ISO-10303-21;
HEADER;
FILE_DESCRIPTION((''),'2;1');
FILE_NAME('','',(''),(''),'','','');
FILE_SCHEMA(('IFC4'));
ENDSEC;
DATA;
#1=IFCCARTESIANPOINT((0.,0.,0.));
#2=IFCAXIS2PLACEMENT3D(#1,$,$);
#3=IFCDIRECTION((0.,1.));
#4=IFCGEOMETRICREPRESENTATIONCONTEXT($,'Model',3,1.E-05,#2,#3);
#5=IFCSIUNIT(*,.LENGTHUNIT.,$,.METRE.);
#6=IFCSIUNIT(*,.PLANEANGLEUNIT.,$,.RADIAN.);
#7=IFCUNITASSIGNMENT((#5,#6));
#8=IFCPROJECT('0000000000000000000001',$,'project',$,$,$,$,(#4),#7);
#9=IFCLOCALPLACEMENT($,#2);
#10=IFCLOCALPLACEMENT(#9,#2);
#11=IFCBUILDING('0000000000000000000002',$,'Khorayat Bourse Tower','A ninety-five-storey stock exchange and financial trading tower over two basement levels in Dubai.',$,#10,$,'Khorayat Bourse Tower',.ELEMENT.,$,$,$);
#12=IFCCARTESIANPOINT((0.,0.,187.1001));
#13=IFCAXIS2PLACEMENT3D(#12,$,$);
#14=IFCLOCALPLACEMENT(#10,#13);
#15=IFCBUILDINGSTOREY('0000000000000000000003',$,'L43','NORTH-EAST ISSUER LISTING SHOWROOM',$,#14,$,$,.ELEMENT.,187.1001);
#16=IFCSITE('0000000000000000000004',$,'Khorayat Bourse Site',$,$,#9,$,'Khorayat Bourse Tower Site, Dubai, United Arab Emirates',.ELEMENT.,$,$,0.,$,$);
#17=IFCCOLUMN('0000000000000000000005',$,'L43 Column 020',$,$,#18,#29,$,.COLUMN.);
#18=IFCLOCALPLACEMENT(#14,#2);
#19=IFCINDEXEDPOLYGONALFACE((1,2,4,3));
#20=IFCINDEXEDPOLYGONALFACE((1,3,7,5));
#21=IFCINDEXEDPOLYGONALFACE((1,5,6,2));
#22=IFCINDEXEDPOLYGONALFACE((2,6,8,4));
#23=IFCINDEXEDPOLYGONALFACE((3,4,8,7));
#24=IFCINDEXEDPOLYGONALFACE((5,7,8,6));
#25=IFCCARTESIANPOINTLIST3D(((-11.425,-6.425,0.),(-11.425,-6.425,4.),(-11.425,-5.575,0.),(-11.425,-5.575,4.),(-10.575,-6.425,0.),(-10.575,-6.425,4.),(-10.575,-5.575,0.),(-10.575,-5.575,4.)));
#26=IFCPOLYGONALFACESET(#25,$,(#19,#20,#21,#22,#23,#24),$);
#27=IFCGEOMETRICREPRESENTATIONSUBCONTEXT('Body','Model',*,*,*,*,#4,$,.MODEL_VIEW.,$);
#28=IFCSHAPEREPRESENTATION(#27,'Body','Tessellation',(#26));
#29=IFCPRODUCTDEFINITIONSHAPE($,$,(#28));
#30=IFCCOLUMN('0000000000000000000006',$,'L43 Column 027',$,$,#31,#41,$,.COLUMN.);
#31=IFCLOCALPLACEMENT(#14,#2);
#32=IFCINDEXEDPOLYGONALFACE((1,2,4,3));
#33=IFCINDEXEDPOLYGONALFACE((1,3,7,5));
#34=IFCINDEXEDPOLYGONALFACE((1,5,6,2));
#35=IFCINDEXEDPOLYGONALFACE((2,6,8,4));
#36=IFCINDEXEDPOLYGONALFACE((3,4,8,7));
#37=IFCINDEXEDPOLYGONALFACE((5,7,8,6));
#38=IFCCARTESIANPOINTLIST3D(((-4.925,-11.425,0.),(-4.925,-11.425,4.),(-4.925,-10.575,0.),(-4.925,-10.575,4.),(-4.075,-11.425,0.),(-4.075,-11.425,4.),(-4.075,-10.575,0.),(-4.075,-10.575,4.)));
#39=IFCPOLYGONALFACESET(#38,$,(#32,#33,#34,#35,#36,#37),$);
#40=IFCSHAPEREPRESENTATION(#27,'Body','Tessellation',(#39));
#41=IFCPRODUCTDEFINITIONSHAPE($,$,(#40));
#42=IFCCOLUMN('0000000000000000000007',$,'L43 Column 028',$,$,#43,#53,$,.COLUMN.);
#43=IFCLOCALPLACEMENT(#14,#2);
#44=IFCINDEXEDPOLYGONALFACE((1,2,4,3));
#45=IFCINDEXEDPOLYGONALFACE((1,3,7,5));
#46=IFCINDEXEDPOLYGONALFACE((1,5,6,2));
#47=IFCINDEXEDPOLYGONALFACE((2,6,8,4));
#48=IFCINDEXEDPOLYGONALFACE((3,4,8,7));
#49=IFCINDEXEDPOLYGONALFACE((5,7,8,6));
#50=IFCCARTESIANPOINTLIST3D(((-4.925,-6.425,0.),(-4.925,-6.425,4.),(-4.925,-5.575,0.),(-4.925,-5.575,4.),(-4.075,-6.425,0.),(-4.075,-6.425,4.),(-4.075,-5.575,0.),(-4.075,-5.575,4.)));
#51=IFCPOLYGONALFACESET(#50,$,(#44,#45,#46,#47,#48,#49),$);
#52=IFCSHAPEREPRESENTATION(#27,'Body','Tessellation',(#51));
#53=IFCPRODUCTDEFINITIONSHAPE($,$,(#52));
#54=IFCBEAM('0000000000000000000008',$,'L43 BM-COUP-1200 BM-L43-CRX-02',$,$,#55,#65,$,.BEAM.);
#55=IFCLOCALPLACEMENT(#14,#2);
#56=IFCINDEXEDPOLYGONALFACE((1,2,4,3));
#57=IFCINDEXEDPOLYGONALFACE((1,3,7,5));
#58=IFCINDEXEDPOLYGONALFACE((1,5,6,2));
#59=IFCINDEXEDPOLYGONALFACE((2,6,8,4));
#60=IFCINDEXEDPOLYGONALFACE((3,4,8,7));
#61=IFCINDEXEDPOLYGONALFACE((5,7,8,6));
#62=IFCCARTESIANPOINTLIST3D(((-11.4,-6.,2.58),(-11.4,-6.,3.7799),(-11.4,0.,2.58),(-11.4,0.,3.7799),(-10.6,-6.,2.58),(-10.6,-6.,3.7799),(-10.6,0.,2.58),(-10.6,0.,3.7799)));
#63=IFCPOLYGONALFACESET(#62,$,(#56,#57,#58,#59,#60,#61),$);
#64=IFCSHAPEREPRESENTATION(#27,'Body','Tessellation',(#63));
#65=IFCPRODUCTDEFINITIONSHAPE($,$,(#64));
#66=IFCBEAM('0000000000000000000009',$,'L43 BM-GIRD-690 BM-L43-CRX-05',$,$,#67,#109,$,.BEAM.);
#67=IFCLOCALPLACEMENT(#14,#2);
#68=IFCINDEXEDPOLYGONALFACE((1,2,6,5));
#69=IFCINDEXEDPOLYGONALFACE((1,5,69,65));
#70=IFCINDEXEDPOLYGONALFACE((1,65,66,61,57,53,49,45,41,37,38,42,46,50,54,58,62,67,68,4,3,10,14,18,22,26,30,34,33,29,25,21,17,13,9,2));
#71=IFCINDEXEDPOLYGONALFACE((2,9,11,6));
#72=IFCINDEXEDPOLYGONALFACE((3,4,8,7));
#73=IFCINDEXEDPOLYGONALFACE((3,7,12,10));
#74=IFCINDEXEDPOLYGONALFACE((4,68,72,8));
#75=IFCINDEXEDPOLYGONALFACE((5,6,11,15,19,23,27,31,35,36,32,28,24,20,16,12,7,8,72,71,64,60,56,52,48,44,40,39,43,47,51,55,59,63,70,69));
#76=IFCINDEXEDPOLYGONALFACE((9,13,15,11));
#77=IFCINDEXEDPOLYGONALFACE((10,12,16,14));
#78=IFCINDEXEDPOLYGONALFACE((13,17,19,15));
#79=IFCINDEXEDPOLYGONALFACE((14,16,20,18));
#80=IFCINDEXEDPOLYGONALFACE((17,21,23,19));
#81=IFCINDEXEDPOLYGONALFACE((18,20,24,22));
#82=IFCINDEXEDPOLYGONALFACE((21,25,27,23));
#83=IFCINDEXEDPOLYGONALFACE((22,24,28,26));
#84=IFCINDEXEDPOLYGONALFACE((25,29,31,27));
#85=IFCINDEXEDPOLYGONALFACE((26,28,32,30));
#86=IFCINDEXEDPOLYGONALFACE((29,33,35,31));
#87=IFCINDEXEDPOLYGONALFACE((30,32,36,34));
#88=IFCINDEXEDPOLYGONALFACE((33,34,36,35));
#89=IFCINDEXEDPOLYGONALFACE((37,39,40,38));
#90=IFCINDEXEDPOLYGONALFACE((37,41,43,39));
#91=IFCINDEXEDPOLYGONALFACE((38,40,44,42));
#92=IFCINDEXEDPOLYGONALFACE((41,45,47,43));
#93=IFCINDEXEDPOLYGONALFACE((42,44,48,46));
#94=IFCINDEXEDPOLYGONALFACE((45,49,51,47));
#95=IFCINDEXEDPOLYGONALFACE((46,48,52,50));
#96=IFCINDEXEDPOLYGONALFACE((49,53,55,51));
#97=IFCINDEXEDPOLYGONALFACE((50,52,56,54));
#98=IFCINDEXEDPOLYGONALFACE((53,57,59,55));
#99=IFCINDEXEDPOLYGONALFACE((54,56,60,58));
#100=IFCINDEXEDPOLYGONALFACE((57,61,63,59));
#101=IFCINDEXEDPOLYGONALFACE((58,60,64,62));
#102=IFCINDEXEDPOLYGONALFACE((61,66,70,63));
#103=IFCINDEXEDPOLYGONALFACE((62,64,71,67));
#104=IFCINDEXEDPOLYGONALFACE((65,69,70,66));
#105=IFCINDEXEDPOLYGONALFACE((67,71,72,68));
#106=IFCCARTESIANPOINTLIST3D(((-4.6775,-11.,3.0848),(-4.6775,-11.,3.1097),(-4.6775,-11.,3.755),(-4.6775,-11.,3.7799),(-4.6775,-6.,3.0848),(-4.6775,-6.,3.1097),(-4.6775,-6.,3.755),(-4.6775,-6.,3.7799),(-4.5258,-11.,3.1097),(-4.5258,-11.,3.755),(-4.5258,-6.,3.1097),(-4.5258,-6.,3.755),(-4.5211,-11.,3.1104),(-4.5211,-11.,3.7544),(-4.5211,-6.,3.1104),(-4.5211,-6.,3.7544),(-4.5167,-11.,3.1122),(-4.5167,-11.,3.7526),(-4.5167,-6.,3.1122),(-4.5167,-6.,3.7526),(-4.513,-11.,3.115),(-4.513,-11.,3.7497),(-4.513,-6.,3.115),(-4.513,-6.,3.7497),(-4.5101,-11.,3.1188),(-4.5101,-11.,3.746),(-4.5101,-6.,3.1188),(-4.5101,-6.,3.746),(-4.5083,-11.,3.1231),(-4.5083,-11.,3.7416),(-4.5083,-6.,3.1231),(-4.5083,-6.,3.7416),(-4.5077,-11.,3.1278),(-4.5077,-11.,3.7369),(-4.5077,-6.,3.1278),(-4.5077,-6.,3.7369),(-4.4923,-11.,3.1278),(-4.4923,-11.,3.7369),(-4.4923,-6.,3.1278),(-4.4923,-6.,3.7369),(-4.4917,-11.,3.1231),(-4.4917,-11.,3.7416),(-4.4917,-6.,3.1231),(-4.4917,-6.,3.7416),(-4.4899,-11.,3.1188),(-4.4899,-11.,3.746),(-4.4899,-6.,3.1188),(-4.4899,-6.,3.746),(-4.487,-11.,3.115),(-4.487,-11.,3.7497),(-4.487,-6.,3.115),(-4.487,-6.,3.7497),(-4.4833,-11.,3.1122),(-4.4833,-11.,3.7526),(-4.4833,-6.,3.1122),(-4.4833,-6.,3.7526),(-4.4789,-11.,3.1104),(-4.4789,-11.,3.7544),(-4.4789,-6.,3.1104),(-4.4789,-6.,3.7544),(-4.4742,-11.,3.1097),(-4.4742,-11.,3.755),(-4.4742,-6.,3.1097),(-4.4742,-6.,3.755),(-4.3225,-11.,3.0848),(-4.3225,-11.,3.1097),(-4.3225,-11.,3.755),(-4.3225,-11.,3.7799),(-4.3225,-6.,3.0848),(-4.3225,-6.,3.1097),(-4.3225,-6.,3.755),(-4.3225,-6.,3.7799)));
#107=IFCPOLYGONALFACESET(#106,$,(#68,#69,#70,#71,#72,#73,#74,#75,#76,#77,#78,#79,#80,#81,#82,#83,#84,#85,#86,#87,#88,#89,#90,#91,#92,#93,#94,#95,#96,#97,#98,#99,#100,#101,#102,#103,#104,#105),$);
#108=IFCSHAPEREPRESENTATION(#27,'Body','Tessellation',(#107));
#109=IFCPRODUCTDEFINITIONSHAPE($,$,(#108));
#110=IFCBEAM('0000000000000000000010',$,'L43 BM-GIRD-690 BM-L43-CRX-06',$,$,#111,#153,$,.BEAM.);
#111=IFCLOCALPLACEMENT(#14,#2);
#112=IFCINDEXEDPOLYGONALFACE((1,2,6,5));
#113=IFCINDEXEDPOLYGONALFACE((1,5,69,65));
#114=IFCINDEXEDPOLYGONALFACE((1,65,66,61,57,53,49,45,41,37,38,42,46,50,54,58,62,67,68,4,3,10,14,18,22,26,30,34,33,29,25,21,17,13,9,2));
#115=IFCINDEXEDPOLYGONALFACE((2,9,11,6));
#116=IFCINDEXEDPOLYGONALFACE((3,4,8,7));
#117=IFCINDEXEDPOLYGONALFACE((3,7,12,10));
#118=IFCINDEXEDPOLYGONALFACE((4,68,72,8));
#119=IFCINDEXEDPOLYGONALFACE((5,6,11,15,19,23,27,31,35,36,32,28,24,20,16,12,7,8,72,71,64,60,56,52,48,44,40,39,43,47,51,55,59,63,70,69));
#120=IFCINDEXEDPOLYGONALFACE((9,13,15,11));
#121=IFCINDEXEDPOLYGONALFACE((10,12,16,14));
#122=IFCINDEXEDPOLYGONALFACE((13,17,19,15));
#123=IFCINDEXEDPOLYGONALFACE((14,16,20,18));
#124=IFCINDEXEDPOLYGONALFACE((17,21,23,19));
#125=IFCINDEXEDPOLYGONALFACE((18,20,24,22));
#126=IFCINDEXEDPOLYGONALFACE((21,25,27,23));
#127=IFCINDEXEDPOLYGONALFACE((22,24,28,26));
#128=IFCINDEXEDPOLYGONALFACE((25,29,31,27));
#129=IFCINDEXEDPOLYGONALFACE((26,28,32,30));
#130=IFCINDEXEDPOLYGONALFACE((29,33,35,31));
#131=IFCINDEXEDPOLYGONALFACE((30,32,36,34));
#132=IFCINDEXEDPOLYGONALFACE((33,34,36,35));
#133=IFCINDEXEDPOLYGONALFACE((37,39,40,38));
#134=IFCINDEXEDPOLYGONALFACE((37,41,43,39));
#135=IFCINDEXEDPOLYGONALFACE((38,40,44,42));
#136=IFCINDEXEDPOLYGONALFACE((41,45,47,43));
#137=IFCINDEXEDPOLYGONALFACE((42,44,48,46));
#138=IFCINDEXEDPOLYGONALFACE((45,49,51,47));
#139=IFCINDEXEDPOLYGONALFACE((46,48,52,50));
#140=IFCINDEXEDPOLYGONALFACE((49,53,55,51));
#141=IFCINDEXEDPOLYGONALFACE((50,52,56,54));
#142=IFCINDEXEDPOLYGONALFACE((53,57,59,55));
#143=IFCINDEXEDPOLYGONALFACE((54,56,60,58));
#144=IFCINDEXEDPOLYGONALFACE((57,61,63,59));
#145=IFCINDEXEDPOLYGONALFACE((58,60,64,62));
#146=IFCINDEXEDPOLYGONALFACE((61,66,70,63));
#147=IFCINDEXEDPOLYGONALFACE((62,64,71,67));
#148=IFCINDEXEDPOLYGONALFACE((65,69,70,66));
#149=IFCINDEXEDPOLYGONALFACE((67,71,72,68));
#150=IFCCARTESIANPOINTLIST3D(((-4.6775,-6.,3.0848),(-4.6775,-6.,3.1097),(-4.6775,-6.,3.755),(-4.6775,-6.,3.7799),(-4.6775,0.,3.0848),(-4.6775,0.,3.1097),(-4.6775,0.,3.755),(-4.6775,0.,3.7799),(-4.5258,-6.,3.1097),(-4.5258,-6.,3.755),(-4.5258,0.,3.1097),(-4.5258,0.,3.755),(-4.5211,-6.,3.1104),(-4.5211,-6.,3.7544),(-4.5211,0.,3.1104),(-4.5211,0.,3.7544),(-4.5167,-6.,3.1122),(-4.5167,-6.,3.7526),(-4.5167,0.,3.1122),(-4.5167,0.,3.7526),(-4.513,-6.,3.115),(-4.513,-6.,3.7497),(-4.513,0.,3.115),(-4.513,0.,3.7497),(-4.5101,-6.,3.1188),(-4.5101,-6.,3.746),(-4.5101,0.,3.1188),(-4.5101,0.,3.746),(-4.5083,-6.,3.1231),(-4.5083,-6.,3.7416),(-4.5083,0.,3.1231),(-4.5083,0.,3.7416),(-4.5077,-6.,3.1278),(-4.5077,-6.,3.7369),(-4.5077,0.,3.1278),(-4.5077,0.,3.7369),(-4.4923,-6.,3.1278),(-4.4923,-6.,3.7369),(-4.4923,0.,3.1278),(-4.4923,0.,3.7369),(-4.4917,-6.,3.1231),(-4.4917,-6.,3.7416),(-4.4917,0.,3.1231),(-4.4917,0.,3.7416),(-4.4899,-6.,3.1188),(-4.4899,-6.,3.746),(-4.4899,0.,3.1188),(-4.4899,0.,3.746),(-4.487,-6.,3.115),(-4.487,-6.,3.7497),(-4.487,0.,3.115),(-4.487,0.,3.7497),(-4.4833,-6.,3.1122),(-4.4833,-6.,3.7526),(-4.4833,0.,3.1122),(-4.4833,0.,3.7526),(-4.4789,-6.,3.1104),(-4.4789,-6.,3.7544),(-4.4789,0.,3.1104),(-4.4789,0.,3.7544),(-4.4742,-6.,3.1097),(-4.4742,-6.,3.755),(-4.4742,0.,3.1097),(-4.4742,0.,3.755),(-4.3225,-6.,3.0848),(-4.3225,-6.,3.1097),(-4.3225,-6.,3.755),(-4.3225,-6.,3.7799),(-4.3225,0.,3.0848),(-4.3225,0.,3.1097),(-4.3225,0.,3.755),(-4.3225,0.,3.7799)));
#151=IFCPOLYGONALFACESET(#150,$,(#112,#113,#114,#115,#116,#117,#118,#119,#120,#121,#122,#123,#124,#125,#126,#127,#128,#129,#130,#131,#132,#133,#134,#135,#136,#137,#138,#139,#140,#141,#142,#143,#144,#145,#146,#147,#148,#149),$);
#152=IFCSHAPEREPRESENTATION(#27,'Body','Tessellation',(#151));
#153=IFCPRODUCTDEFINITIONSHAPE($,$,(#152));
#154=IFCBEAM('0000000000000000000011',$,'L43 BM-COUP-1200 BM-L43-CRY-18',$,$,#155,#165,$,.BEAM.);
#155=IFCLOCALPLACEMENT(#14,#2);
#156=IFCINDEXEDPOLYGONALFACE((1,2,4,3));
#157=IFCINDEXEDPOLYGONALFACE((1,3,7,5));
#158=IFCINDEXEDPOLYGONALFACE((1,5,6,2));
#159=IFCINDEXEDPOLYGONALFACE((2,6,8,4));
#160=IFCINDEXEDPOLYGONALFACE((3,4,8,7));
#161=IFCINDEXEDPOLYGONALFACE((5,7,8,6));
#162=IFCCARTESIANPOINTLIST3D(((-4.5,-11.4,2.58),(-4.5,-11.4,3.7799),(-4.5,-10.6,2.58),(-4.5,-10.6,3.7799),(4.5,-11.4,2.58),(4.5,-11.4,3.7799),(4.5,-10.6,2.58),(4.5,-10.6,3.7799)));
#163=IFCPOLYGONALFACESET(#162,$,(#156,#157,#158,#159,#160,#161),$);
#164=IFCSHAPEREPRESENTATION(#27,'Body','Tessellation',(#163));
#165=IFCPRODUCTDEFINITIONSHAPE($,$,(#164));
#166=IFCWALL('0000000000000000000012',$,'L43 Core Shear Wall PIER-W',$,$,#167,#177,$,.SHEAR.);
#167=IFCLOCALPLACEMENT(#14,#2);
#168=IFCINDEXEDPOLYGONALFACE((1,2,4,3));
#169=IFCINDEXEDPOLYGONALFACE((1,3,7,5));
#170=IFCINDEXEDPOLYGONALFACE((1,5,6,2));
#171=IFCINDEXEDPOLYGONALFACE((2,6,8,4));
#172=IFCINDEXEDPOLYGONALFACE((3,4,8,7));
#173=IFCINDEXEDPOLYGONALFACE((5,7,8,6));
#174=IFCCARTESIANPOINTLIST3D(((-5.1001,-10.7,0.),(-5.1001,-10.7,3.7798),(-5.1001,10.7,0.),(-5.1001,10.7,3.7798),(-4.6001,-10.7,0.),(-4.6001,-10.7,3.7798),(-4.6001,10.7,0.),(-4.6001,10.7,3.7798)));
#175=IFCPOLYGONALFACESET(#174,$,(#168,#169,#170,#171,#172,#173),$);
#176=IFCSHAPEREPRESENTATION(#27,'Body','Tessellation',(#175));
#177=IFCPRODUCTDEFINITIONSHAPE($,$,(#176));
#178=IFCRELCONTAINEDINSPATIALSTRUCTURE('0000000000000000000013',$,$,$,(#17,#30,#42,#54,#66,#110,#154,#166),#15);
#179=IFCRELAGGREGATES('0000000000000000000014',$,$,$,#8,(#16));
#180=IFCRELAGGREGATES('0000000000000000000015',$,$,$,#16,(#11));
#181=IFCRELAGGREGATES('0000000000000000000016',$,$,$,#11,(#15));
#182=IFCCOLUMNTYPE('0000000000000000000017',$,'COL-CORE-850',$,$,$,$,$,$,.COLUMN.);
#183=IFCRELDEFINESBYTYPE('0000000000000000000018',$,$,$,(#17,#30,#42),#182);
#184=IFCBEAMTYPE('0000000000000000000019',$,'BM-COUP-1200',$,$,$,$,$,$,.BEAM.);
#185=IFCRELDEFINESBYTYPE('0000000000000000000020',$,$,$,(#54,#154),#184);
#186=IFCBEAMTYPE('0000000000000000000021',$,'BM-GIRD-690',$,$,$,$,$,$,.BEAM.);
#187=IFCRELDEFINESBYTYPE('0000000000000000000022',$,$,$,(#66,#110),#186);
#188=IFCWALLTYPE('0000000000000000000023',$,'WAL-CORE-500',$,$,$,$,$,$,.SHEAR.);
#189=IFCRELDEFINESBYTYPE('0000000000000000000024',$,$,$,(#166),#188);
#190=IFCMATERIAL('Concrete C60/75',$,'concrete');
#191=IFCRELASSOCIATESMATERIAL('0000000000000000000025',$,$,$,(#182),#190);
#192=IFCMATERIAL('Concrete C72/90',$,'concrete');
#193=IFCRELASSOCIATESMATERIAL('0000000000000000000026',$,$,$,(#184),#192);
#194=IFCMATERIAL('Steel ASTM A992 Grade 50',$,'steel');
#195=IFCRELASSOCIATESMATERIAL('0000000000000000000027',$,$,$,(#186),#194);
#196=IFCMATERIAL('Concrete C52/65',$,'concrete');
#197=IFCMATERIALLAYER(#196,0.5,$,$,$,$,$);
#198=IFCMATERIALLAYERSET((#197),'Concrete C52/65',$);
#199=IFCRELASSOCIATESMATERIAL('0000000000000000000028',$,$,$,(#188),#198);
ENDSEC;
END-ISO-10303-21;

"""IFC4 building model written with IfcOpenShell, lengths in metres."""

from ifc_helpers import new_model, si_unit, direction, frame, frame_2d, origin, origin_2d, place, context, subcontext, project, spatial, rectangle, i_section, extrude, source, transform, mapped, material, layer, layer_set, material_profile, profile_set, type_object, element, save


model = new_model("IFC4")

# Units and contexts
model_context = context("Model", 3, precision=1e-05, world=origin(), true_north=direction((0.0, 1.0)))
body_context = subcontext(model_context, "Body", "Model", "MODEL_VIEW")
ifc_project = project(units=[si_unit("LENGTHUNIT", "METRE"), si_unit("PLANEANGLEUNIT", "RADIAN")], contexts=[model_context])

# Site, building, storey
site_placement = place(None, origin())
site = spatial("IfcSite", under=ifc_project, at=site_placement, Name="Khorayat Bourse Site", LongName="Khorayat Bourse Tower Site, Dubai, United Arab Emirates", CompositionType="ELEMENT", RefElevation=0.0)
building_placement = place(site_placement, origin())
building = spatial("IfcBuilding", under=site, at=building_placement, Name="Khorayat Bourse Tower", Description="A ninety-five-storey stock exchange and financial trading tower over two basement levels in Dubai.", LongName="Khorayat Bourse Tower", CompositionType="ELEMENT")
storey_placement = place(building_placement, frame((0.0, 0.0, 187.1001)))
storey = spatial("IfcBuildingStorey", under=building, at=storey_placement, Name="L43", Description="NORTH-EAST ISSUER LISTING SHOWROOM", CompositionType="ELEMENT", Elevation=187.1001)

# Columns
ifc_material_1 = material(Name="Concrete C60/75", Category="concrete")
ifc_material_profile_1 = material_profile(ifc_material_1, rectangle(XDim=0.8501, YDim=0.8501, at=origin_2d()), Name="RC 850x850")
ifc_profile_set_1 = profile_set([ifc_material_profile_1], Name="Concrete C60/75")
column_type = type_object("IfcColumnType", Name="COL-CORE-850", PredefinedType="COLUMN", material=ifc_profile_set_1)
shared_shape_1 = source(origin(), body_context, "Body", "SweptSolid", [
    extrude(rectangle(XDim=0.8501, YDim=0.8501, at=origin_2d()), origin(), (0.0, 0.0, 1.0), 4.0),
])
for number, where, z_axis, x_axis, name in (
    (1, (-11.0, -6.0, 0.0), (0.0, 0.0, 1.0), (1.0, 0.0, 0.0), "L43 Column 020"),
    (2, (-4.5, -11.0, 0.0), (0.0, 0.0, 1.0), (1.0, 0.0, 0.0), "L43 Column 027"),
    (3, (-4.5, -6.0, 0.0), (0.0, 0.0, 1.0), (1.0, 0.0, 0.0), "L43 Column 028"),
):
    element("IfcColumn", number, at=place(storey_placement, frame(where, z_axis=z_axis, x_axis=x_axis)), inside=storey, type_object=column_type, Name=name, PredefinedType="COLUMN", context=body_context, shape_type="MappedRepresentation", body=[
        mapped(shared_shape_1, transform((0.0, 0.0, 0.0), scale=1.0)),
    ])

# Beams
ifc_material_2 = material(Name="Concrete C72/90", Category="concrete")
ifc_material_profile_2 = material_profile(ifc_material_2, rectangle(XDim=0.8, YDim=1.2, at=origin_2d()), Name="RC 800x1200")
ifc_profile_set_2 = profile_set([ifc_material_profile_2], Name="Concrete C72/90")
beam_type_1 = type_object("IfcBeamType", Name="BM-COUP-1200", PredefinedType="BEAM", material=ifc_profile_set_2)
shared_shape_2 = source(origin(), body_context, "Body", "SweptSolid", [
    extrude(rectangle(XDim=0.8, YDim=1.2, at=origin_2d()), origin(), (0.0, 0.0, 1.0), 6.0),
])
beam_1_placement = place(storey_placement, frame((-11.0, -6.0, 3.1799), z_axis=(0.0, 1.0, 0.0), x_axis=(-1.0, 0.0, 0.0)))
element("IfcBeam", 4, at=beam_1_placement, inside=storey, type_object=beam_type_1, Name="L43 BM-COUP-1200 BM-L43-CRX-02", PredefinedType="BEAM", context=body_context, shape_type="MappedRepresentation", body=[
    mapped(shared_shape_2, transform((0.0, 0.0, 0.0), scale=1.0)),
])
ifc_material_3 = material(Name="Steel ASTM A992 Grade 50", Category="steel")
ifc_material_profile_3 = material_profile(ifc_material_3, i_section(OverallWidth=0.355, OverallDepth=0.6951, WebThickness=0.0154, FlangeThickness=0.0249, FilletRadius=0.0181, at=origin_2d()), Name="W690X217")
ifc_profile_set_3 = profile_set([ifc_material_profile_3], Name="Steel ASTM A992 Grade 50")
beam_type_2 = type_object("IfcBeamType", Name="BM-GIRD-690", PredefinedType="BEAM", material=ifc_profile_set_3)
shared_shape_3 = source(origin(), body_context, "Body", "SweptSolid", [
    extrude(i_section(OverallWidth=0.355, OverallDepth=0.6951, WebThickness=0.0154, FlangeThickness=0.0249, FilletRadius=0.0181, at=origin_2d()), origin(), (0.0, 0.0, 1.0), 5.0),
])
beam_2_placement = place(storey_placement, frame((-4.5, -11.0, 3.4324), z_axis=(0.0, 1.0, 0.0), x_axis=(-1.0, 0.0, 0.0)))
element("IfcBeam", 5, at=beam_2_placement, inside=storey, type_object=beam_type_2, Name="L43 BM-GIRD-690 BM-L43-CRX-05", PredefinedType="BEAM", context=body_context, shape_type="MappedRepresentation", body=[
    mapped(shared_shape_3, transform((0.0, 0.0, 0.0), scale=1.0)),
])
shared_shape_4 = source(origin(), body_context, "Body", "SweptSolid", [
    extrude(i_section(OverallWidth=0.355, OverallDepth=0.6951, WebThickness=0.0154, FlangeThickness=0.0249, FilletRadius=0.0181, at=origin_2d()), origin(), (0.0, 0.0, 1.0), 6.0),
])
beam_3_placement = place(storey_placement, frame((-4.5, -6.0, 3.4324), z_axis=(0.0, 1.0, 0.0), x_axis=(-1.0, 0.0, 0.0)))
element("IfcBeam", 6, at=beam_3_placement, inside=storey, type_object=beam_type_2, Name="L43 BM-GIRD-690 BM-L43-CRX-06", PredefinedType="BEAM", context=body_context, shape_type="MappedRepresentation", body=[
    mapped(shared_shape_4, transform((0.0, 0.0, 0.0), scale=1.0)),
])
shared_shape_5 = source(origin(), body_context, "Body", "SweptSolid", [
    extrude(rectangle(XDim=0.8, YDim=1.2, at=origin_2d()), origin(), (0.0, 0.0, 1.0), 9.0),
])
beam_4_placement = place(storey_placement, frame((-4.5, -11.0, 3.1799), z_axis=(1.0, 0.0, 0.0), x_axis=(0.0, 1.0, 0.0)))
element("IfcBeam", 7, at=beam_4_placement, inside=storey, type_object=beam_type_1, Name="L43 BM-COUP-1200 BM-L43-CRY-18", PredefinedType="BEAM", context=body_context, shape_type="MappedRepresentation", body=[
    mapped(shared_shape_5, transform((0.0, 0.0, 0.0), scale=1.0)),
])

# Wall
ifc_material_4 = material(Name="Concrete C52/65", Category="concrete")
ifc_layer_1 = layer(ifc_material_4, 0.5)
ifc_layer_set_1 = layer_set([ifc_layer_1], Name="Concrete C52/65")
wall_type_1 = type_object("IfcWallType", Name="WAL-CORE-500", PredefinedType="SHEAR", material=ifc_layer_set_1)
shared_shape_6 = source(origin(), body_context, "Body", "SweptSolid", [
    extrude(rectangle(XDim=21.3999, YDim=0.5, at=frame_2d((10.7, 0.0))), origin(), (0.0, 0.0, 1.0), 3.7798),
])
wall_1_placement = place(storey_placement, frame((-4.8501, -10.7, 0.0), z_axis=(0.0, 0.0, 1.0), x_axis=(0.0, 1.0, 0.0)))
element("IfcWall", 8, at=wall_1_placement, inside=storey, type_object=wall_type_1, Name="L43 Core Shear Wall PIER-W", PredefinedType="SHEAR", context=body_context, shape_type="MappedRepresentation", body=[
    mapped(shared_shape_6, transform((0.0, 0.0, 0.0), scale=1.0)),
])

save(model, "model.ifc")
